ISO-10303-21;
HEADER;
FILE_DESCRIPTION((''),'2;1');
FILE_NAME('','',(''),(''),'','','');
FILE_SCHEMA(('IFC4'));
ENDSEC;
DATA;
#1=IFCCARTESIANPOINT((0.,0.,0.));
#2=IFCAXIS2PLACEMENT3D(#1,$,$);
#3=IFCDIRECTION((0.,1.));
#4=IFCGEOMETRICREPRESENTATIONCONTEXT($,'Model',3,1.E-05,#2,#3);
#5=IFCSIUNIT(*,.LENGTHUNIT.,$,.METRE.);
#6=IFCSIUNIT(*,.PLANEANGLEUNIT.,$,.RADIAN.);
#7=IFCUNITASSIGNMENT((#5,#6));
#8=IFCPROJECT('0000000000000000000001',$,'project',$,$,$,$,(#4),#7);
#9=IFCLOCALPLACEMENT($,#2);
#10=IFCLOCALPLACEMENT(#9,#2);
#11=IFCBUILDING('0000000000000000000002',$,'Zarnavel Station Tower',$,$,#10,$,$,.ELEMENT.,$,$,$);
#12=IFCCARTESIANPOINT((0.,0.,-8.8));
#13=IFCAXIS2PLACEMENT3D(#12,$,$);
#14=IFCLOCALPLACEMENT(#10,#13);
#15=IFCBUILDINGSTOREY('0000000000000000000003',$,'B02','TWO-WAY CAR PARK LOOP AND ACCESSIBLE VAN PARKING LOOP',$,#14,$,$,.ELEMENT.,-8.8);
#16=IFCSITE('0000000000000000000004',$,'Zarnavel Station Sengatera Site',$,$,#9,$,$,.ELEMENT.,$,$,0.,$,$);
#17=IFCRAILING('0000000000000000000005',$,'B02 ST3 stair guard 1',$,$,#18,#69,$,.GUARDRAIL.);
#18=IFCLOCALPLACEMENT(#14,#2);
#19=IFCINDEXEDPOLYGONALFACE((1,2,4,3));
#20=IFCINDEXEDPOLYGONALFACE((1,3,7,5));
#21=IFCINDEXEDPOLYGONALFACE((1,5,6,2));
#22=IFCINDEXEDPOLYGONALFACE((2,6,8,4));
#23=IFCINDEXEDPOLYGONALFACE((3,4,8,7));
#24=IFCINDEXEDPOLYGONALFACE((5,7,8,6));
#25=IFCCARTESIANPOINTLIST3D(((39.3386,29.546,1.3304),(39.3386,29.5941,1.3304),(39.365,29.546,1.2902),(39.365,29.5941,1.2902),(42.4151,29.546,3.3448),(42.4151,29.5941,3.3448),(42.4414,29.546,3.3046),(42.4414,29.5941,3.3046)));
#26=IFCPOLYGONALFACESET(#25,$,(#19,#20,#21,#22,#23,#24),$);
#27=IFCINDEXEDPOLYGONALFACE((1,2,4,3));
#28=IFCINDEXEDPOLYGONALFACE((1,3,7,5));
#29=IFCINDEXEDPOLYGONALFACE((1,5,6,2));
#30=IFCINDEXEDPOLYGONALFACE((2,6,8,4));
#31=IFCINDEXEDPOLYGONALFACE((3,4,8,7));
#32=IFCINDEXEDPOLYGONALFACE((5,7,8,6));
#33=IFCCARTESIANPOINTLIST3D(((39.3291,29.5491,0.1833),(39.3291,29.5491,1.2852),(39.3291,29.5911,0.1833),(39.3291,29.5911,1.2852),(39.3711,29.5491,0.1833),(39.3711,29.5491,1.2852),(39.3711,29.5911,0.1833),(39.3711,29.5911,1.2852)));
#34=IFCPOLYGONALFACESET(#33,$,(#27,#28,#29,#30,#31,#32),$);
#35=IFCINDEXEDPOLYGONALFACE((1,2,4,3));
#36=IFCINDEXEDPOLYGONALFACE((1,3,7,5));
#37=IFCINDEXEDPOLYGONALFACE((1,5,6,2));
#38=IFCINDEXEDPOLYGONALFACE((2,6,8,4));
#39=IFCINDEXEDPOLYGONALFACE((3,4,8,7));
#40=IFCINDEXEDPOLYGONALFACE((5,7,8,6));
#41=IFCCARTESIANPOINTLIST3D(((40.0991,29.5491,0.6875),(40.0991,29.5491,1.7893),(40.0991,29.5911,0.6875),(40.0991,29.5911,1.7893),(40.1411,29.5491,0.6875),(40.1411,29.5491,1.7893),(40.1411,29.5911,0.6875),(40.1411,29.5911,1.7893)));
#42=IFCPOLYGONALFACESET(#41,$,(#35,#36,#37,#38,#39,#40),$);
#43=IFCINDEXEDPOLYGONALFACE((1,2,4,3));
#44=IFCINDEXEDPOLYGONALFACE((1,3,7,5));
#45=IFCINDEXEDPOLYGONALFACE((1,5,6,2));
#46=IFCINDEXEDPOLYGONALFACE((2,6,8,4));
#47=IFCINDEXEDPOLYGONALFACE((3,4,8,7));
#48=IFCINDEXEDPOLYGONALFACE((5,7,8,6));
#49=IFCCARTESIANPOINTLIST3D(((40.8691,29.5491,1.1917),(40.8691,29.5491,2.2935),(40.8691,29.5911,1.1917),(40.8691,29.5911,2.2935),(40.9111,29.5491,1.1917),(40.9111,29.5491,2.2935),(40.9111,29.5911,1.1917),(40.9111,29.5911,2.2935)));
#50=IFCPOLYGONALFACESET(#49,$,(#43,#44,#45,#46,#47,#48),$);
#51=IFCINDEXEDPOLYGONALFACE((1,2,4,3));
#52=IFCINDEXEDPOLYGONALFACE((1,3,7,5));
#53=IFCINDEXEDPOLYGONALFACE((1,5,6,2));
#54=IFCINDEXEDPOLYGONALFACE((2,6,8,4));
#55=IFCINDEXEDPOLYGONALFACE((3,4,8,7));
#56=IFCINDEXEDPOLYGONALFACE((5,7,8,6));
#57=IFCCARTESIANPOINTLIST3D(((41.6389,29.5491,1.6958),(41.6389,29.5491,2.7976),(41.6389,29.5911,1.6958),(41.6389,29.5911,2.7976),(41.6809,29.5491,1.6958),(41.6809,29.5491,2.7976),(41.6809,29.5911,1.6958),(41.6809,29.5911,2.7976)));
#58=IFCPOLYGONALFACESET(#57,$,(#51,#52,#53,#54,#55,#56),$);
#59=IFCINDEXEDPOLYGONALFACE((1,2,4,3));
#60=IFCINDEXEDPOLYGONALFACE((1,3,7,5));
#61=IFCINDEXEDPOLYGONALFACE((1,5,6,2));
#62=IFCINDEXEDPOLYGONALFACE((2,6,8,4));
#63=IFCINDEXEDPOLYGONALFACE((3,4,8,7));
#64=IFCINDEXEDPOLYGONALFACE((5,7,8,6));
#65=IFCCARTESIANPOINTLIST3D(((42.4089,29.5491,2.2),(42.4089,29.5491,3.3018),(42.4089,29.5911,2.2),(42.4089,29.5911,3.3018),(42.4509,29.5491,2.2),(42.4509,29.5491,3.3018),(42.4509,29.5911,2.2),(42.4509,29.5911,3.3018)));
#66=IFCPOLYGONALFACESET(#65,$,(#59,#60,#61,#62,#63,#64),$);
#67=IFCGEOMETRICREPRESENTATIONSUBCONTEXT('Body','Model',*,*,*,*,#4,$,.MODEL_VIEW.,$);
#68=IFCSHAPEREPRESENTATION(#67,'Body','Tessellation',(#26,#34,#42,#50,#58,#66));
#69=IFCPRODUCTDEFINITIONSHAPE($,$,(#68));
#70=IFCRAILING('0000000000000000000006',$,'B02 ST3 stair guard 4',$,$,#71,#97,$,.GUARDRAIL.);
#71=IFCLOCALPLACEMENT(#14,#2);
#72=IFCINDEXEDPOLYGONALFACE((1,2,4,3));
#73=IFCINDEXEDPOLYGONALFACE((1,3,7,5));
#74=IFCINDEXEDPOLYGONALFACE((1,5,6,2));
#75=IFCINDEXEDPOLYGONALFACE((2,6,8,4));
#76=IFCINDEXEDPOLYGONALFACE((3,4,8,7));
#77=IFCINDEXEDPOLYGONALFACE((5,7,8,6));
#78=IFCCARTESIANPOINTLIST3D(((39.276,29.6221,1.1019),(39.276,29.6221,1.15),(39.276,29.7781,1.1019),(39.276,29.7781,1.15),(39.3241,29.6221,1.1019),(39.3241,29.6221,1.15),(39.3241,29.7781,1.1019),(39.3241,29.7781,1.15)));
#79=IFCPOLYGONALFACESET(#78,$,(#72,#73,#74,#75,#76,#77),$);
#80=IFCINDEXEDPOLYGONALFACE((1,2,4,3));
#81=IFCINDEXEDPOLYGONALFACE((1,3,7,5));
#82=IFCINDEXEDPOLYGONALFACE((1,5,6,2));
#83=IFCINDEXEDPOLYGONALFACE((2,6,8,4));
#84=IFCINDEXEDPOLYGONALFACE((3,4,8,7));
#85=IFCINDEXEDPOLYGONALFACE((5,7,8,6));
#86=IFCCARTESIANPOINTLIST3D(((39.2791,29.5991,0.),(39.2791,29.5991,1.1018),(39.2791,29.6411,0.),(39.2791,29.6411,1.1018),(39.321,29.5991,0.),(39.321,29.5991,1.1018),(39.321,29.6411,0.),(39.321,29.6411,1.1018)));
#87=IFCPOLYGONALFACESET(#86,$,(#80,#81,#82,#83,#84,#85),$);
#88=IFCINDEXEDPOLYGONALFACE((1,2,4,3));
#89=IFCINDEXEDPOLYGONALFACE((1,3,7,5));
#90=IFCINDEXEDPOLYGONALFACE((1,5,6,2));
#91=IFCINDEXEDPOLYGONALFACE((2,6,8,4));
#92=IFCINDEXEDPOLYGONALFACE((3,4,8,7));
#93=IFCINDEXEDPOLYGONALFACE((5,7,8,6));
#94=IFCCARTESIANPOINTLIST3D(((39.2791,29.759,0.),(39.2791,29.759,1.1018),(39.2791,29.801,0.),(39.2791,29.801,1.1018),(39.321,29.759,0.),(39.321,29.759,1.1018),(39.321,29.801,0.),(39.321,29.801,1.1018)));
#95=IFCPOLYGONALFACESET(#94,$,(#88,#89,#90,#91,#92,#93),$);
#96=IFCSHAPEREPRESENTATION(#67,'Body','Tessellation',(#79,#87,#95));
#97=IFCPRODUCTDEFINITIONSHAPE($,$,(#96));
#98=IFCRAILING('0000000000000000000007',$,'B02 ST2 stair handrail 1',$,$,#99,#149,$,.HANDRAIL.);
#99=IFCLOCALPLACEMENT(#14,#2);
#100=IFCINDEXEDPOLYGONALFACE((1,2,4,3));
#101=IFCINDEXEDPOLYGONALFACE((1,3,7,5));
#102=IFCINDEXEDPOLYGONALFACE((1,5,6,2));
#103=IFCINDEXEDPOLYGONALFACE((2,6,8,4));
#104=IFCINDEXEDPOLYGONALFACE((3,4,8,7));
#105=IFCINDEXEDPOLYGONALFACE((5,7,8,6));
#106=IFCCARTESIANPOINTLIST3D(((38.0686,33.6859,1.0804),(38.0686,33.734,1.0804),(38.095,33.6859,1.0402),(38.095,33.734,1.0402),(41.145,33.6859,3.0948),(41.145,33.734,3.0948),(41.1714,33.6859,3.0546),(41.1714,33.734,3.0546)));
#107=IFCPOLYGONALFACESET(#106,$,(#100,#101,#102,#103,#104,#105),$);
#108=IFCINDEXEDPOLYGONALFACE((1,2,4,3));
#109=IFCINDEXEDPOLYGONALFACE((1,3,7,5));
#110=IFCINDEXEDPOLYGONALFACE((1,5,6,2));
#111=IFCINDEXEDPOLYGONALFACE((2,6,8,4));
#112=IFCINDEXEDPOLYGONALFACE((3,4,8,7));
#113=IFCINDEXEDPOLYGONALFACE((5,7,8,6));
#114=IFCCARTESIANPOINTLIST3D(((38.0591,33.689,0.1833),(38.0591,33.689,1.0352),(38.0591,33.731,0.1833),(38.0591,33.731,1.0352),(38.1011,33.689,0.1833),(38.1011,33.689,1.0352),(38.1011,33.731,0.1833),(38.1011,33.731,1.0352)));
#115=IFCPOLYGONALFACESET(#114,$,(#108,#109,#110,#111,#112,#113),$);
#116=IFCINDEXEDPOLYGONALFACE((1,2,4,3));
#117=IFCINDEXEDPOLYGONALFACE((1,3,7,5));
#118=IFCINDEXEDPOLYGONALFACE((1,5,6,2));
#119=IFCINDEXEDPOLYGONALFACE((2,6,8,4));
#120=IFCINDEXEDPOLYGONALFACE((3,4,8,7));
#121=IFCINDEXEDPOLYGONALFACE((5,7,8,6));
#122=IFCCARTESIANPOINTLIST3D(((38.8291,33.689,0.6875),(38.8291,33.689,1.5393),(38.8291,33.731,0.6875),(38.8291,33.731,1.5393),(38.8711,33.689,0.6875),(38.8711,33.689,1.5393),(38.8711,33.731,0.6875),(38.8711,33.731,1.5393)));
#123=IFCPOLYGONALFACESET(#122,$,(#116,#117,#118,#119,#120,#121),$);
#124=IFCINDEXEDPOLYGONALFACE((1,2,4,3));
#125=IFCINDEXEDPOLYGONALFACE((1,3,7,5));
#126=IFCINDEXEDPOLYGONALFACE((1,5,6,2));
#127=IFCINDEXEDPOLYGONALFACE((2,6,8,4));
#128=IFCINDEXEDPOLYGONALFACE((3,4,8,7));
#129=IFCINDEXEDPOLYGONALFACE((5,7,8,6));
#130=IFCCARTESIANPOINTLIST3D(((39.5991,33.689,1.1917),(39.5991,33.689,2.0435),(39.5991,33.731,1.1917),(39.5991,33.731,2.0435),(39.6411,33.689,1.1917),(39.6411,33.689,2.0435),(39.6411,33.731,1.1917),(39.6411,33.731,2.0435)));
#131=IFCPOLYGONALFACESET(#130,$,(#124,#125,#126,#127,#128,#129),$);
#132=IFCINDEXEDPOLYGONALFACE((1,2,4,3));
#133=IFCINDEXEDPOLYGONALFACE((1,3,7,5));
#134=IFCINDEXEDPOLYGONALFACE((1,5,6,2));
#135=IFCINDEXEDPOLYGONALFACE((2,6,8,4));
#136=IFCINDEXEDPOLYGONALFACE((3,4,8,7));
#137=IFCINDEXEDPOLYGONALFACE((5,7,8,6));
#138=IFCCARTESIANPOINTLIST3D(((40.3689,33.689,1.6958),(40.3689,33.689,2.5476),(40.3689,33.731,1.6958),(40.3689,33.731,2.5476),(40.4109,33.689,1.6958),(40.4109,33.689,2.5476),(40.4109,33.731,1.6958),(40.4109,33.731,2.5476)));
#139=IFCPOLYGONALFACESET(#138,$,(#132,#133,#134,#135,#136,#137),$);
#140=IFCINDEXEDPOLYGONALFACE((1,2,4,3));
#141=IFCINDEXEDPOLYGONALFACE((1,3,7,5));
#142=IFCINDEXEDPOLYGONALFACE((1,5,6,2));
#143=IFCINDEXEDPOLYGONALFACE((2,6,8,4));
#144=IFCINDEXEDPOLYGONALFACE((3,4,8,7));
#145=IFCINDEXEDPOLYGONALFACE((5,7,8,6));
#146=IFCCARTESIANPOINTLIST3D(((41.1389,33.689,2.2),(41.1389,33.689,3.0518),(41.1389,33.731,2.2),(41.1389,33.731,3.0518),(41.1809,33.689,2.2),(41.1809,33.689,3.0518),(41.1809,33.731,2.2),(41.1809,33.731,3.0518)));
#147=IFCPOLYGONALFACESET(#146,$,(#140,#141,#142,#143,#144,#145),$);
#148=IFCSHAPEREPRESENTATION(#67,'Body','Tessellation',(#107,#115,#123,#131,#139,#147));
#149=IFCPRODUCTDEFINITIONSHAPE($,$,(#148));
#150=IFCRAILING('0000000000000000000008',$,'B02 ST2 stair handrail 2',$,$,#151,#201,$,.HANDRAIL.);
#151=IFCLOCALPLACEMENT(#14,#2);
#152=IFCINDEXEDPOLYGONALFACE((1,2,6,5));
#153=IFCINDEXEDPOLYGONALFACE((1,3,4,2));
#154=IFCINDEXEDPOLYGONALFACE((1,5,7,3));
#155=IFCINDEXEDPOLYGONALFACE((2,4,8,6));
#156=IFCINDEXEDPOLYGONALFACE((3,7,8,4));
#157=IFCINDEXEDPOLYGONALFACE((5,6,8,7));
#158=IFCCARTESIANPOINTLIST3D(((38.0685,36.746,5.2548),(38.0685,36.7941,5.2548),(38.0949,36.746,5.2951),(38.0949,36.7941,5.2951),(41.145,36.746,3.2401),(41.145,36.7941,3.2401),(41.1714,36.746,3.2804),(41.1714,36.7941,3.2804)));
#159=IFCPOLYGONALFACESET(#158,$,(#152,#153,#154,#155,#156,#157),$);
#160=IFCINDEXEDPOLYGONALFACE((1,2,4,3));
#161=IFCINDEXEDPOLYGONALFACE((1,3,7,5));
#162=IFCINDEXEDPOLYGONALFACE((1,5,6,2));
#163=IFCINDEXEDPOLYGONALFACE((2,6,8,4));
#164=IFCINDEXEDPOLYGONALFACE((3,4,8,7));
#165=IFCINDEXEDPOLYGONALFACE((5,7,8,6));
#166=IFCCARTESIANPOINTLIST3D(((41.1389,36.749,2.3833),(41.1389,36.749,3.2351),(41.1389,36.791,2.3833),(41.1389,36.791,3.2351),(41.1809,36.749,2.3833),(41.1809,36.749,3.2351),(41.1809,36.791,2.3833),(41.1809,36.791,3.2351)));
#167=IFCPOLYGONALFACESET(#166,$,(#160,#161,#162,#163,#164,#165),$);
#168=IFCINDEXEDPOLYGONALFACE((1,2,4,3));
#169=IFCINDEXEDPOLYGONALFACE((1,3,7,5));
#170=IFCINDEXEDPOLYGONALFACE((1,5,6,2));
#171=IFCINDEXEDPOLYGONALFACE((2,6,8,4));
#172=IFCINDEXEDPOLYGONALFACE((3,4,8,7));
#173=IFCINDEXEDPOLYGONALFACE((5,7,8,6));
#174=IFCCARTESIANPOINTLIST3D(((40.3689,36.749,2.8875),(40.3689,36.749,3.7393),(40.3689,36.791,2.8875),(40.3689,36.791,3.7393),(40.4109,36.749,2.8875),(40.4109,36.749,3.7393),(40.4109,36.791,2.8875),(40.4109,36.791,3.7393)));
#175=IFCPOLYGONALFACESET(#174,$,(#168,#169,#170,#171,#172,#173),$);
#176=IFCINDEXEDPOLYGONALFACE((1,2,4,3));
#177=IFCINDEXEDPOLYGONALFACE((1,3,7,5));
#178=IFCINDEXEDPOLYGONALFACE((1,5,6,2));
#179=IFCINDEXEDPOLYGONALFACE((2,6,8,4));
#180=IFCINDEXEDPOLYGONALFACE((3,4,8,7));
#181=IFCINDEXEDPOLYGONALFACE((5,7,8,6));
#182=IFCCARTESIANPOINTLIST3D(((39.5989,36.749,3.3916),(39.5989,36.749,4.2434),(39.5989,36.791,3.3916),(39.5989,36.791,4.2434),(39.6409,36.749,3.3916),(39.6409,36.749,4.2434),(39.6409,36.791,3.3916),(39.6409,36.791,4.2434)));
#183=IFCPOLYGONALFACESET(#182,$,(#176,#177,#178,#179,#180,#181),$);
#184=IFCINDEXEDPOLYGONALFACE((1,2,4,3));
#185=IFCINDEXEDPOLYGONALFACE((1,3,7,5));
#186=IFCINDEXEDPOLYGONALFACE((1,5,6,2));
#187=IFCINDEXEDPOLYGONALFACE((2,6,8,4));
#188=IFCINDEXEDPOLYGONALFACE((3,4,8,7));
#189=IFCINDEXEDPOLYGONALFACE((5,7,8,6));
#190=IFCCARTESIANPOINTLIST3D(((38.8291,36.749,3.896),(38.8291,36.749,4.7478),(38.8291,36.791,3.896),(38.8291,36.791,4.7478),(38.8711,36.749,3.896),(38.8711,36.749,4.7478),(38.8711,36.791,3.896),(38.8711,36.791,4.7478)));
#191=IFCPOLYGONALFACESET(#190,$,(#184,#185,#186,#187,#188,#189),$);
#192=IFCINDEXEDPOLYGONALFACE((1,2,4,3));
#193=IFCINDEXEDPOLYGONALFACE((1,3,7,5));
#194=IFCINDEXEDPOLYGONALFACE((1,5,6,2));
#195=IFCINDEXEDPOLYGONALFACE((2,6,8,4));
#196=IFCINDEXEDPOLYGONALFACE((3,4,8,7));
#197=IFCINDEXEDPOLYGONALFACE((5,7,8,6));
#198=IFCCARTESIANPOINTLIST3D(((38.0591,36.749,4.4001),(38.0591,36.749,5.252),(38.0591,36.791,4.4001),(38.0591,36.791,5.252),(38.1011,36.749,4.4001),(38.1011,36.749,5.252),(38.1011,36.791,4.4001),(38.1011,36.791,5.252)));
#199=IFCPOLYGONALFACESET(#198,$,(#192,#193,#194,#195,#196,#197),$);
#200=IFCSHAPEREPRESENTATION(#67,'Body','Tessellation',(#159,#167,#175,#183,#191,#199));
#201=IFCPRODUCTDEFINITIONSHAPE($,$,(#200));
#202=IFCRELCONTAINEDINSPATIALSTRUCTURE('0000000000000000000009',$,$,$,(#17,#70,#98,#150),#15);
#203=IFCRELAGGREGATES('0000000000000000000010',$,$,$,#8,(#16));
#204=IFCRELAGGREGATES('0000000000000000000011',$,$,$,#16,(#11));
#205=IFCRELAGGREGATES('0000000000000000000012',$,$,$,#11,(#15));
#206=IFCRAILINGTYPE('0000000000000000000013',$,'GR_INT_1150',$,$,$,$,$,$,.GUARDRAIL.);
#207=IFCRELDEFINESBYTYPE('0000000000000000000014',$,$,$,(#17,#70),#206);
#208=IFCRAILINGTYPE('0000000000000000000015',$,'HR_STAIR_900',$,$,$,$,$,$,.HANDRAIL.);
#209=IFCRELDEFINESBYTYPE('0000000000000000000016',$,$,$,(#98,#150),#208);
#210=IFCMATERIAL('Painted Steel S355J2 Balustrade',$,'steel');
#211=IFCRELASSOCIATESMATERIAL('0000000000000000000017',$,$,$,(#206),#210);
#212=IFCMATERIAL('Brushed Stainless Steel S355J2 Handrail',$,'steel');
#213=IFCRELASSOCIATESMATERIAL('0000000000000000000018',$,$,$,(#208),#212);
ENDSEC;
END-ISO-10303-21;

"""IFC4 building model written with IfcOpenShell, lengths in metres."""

from ifc_helpers import new_model, si_unit, direction, frame, origin, origin_2d, place, context, subcontext, project, spatial, rectangle, extrude, material, type_object, element, save


model = new_model("IFC4")

# Units and contexts
model_context = context("Model", 3, precision=1e-05, world=origin(), true_north=direction((0.0, 1.0)))
body_context = subcontext(model_context, "Body", "Model", "MODEL_VIEW")
ifc_project = project(units=[si_unit("LENGTHUNIT", "METRE"), si_unit("PLANEANGLEUNIT", "RADIAN")], contexts=[model_context])

# Site, building, storey
site_placement = place(None, origin())
site = spatial("IfcSite", under=ifc_project, at=site_placement, Name="Zarnavel Station Sengatera Site", CompositionType="ELEMENT", RefElevation=0.0)
building_placement = place(site_placement, origin())
building = spatial("IfcBuilding", under=site, at=building_placement, Name="Zarnavel Station Tower", CompositionType="ELEMENT")
storey_placement = place(building_placement, frame((0.0, 0.0, -8.8)))
storey = spatial("IfcBuildingStorey", under=building, at=storey_placement, Name="B02", Description="TWO-WAY CAR PARK LOOP AND ACCESSIBLE VAN PARKING LOOP", CompositionType="ELEMENT", Elevation=-8.8)

# Railings
ifc_material_1 = material(Name="Painted Steel S355J2 Balustrade", Category="steel")
railing_type_1 = type_object("IfcRailingType", Name="GR_INT_1150", PredefinedType="GUARDRAIL", material=ifc_material_1)
railing_1_placement = place(storey_placement, frame((39.3501, 29.5701, 0.1833)))
element("IfcRailing", 1, at=railing_1_placement, inside=storey, type_object=railing_type_1, Name="B02 ST3 stair guard 1", PredefinedType="GUARDRAIL", context=body_context, shape_type="SweptSolid", body=[
    extrude(rectangle(XDim=0.0481, YDim=0.0481, at=origin_2d()), frame((0.0017, 0.0, 1.127), z_axis=(0.836613, 0.0, 0.547794), x_axis=(0.0, 1.0, 0.0)), (0.0, 0.0, 1.0), 3.6772),
    extrude(rectangle(XDim=0.042, YDim=0.042, at=origin_2d()), origin(), (0.0, 0.0, 1.0), 1.1018),
    extrude(rectangle(XDim=0.042, YDim=0.042, at=origin_2d()), frame((0.77, 0.0, 0.5042)), (0.0, 0.0, 1.0), 1.1018),
    extrude(rectangle(XDim=0.042, YDim=0.042, at=origin_2d()), frame((1.54, 0.0, 1.0083)), (0.0, 0.0, 1.0), 1.1018),
    extrude(rectangle(XDim=0.042, YDim=0.042, at=origin_2d()), frame((2.3098, 0.0, 1.5125)), (0.0, 0.0, 1.0), 1.1018),
    extrude(rectangle(XDim=0.042, YDim=0.042, at=origin_2d()), frame((3.0798, 0.0, 2.0166)), (0.0, 0.0, 1.0), 1.1018),
])
railing_2_placement = place(storey_placement, frame((39.3, 29.6201, 0.0)))
element("IfcRailing", 2, at=railing_2_placement, inside=storey, type_object=railing_type_1, Name="B02 ST3 stair guard 4", PredefinedType="GUARDRAIL", context=body_context, shape_type="SweptSolid", body=[
    extrude(rectangle(XDim=0.0481, YDim=0.0481, at=origin_2d()), frame((0.0, 0.002, 1.126), z_axis=(0.0, 1.0, 0.0), x_axis=(-1.0, 0.0, 0.0)), (0.0, 0.0, 1.0), 0.156),
    extrude(rectangle(XDim=0.042, YDim=0.042, at=origin_2d()), origin(), (0.0, 0.0, 1.0), 1.1018),
    extrude(rectangle(XDim=0.042, YDim=0.042, at=origin_2d()), frame((0.0, 0.1599, 0.0)), (0.0, 0.0, 1.0), 1.1018),
])
ifc_material_2 = material(Name="Brushed Stainless Steel S355J2 Handrail", Category="steel")
railing_type_2 = type_object("IfcRailingType", Name="HR_STAIR_900", PredefinedType="HANDRAIL", material=ifc_material_2)
railing_3_placement = place(storey_placement, frame((38.0801, 33.71, 0.1833)))
element("IfcRailing", 3, at=railing_3_placement, inside=storey, type_object=railing_type_2, Name="B02 ST2 stair handrail 1", PredefinedType="HANDRAIL", context=body_context, shape_type="SweptSolid", body=[
    extrude(rectangle(XDim=0.0481, YDim=0.0481, at=origin_2d()), frame((0.0017, 0.0, 0.877), z_axis=(0.836613, 0.0, 0.547794), x_axis=(0.0, 1.0, 0.0)), (0.0, 0.0, 1.0), 3.6772),
    extrude(rectangle(XDim=0.042, YDim=0.042, at=origin_2d()), origin(), (0.0, 0.0, 1.0), 0.8518),
    extrude(rectangle(XDim=0.042, YDim=0.042, at=origin_2d()), frame((0.77, 0.0, 0.5042)), (0.0, 0.0, 1.0), 0.8518),
    extrude(rectangle(XDim=0.042, YDim=0.042, at=origin_2d()), frame((1.54, 0.0, 1.0083)), (0.0, 0.0, 1.0), 0.8518),
    extrude(rectangle(XDim=0.042, YDim=0.042, at=origin_2d()), frame((2.3098, 0.0, 1.5125)), (0.0, 0.0, 1.0), 0.8518),
    extrude(rectangle(XDim=0.042, YDim=0.042, at=origin_2d()), frame((3.0798, 0.0, 2.0166)), (0.0, 0.0, 1.0), 0.8518),
])
railing_4_placement = place(storey_placement, frame((41.1599, 36.77, 2.3833)))
element("IfcRailing", 4, at=railing_4_placement, inside=storey, type_object=railing_type_2, Name="B02 ST2 stair handrail 2", PredefinedType="HANDRAIL", context=body_context, shape_type="SweptSolid", body=[
    extrude(rectangle(XDim=0.0481, YDim=0.0481, at=origin_2d()), frame((-0.0017, 0.0, 0.877), z_axis=(-0.836583, 0.0, 0.547841), x_axis=(0.0, -1.0, 0.0)), (0.0, 0.0, 1.0), 3.6775),
    extrude(rectangle(XDim=0.042, YDim=0.042, at=origin_2d()), origin(), (0.0, 0.0, 1.0), 0.8518),
    extrude(rectangle(XDim=0.042, YDim=0.042, at=origin_2d()), frame((-0.77, 0.0, 0.5042)), (0.0, 0.0, 1.0), 0.8518),
    extrude(rectangle(XDim=0.042, YDim=0.042, at=origin_2d()), frame((-1.54, 0.0, 1.0083)), (0.0, 0.0, 1.0), 0.8518),
    extrude(rectangle(XDim=0.042, YDim=0.042, at=origin_2d()), frame((-2.3098, 0.0, 1.5127)), (0.0, 0.0, 1.0), 0.8518),
    extrude(rectangle(XDim=0.042, YDim=0.042, at=origin_2d()), frame((-3.0798, 0.0, 2.0168)), (0.0, 0.0, 1.0), 0.8518),
])

save(model, "model.ifc")
